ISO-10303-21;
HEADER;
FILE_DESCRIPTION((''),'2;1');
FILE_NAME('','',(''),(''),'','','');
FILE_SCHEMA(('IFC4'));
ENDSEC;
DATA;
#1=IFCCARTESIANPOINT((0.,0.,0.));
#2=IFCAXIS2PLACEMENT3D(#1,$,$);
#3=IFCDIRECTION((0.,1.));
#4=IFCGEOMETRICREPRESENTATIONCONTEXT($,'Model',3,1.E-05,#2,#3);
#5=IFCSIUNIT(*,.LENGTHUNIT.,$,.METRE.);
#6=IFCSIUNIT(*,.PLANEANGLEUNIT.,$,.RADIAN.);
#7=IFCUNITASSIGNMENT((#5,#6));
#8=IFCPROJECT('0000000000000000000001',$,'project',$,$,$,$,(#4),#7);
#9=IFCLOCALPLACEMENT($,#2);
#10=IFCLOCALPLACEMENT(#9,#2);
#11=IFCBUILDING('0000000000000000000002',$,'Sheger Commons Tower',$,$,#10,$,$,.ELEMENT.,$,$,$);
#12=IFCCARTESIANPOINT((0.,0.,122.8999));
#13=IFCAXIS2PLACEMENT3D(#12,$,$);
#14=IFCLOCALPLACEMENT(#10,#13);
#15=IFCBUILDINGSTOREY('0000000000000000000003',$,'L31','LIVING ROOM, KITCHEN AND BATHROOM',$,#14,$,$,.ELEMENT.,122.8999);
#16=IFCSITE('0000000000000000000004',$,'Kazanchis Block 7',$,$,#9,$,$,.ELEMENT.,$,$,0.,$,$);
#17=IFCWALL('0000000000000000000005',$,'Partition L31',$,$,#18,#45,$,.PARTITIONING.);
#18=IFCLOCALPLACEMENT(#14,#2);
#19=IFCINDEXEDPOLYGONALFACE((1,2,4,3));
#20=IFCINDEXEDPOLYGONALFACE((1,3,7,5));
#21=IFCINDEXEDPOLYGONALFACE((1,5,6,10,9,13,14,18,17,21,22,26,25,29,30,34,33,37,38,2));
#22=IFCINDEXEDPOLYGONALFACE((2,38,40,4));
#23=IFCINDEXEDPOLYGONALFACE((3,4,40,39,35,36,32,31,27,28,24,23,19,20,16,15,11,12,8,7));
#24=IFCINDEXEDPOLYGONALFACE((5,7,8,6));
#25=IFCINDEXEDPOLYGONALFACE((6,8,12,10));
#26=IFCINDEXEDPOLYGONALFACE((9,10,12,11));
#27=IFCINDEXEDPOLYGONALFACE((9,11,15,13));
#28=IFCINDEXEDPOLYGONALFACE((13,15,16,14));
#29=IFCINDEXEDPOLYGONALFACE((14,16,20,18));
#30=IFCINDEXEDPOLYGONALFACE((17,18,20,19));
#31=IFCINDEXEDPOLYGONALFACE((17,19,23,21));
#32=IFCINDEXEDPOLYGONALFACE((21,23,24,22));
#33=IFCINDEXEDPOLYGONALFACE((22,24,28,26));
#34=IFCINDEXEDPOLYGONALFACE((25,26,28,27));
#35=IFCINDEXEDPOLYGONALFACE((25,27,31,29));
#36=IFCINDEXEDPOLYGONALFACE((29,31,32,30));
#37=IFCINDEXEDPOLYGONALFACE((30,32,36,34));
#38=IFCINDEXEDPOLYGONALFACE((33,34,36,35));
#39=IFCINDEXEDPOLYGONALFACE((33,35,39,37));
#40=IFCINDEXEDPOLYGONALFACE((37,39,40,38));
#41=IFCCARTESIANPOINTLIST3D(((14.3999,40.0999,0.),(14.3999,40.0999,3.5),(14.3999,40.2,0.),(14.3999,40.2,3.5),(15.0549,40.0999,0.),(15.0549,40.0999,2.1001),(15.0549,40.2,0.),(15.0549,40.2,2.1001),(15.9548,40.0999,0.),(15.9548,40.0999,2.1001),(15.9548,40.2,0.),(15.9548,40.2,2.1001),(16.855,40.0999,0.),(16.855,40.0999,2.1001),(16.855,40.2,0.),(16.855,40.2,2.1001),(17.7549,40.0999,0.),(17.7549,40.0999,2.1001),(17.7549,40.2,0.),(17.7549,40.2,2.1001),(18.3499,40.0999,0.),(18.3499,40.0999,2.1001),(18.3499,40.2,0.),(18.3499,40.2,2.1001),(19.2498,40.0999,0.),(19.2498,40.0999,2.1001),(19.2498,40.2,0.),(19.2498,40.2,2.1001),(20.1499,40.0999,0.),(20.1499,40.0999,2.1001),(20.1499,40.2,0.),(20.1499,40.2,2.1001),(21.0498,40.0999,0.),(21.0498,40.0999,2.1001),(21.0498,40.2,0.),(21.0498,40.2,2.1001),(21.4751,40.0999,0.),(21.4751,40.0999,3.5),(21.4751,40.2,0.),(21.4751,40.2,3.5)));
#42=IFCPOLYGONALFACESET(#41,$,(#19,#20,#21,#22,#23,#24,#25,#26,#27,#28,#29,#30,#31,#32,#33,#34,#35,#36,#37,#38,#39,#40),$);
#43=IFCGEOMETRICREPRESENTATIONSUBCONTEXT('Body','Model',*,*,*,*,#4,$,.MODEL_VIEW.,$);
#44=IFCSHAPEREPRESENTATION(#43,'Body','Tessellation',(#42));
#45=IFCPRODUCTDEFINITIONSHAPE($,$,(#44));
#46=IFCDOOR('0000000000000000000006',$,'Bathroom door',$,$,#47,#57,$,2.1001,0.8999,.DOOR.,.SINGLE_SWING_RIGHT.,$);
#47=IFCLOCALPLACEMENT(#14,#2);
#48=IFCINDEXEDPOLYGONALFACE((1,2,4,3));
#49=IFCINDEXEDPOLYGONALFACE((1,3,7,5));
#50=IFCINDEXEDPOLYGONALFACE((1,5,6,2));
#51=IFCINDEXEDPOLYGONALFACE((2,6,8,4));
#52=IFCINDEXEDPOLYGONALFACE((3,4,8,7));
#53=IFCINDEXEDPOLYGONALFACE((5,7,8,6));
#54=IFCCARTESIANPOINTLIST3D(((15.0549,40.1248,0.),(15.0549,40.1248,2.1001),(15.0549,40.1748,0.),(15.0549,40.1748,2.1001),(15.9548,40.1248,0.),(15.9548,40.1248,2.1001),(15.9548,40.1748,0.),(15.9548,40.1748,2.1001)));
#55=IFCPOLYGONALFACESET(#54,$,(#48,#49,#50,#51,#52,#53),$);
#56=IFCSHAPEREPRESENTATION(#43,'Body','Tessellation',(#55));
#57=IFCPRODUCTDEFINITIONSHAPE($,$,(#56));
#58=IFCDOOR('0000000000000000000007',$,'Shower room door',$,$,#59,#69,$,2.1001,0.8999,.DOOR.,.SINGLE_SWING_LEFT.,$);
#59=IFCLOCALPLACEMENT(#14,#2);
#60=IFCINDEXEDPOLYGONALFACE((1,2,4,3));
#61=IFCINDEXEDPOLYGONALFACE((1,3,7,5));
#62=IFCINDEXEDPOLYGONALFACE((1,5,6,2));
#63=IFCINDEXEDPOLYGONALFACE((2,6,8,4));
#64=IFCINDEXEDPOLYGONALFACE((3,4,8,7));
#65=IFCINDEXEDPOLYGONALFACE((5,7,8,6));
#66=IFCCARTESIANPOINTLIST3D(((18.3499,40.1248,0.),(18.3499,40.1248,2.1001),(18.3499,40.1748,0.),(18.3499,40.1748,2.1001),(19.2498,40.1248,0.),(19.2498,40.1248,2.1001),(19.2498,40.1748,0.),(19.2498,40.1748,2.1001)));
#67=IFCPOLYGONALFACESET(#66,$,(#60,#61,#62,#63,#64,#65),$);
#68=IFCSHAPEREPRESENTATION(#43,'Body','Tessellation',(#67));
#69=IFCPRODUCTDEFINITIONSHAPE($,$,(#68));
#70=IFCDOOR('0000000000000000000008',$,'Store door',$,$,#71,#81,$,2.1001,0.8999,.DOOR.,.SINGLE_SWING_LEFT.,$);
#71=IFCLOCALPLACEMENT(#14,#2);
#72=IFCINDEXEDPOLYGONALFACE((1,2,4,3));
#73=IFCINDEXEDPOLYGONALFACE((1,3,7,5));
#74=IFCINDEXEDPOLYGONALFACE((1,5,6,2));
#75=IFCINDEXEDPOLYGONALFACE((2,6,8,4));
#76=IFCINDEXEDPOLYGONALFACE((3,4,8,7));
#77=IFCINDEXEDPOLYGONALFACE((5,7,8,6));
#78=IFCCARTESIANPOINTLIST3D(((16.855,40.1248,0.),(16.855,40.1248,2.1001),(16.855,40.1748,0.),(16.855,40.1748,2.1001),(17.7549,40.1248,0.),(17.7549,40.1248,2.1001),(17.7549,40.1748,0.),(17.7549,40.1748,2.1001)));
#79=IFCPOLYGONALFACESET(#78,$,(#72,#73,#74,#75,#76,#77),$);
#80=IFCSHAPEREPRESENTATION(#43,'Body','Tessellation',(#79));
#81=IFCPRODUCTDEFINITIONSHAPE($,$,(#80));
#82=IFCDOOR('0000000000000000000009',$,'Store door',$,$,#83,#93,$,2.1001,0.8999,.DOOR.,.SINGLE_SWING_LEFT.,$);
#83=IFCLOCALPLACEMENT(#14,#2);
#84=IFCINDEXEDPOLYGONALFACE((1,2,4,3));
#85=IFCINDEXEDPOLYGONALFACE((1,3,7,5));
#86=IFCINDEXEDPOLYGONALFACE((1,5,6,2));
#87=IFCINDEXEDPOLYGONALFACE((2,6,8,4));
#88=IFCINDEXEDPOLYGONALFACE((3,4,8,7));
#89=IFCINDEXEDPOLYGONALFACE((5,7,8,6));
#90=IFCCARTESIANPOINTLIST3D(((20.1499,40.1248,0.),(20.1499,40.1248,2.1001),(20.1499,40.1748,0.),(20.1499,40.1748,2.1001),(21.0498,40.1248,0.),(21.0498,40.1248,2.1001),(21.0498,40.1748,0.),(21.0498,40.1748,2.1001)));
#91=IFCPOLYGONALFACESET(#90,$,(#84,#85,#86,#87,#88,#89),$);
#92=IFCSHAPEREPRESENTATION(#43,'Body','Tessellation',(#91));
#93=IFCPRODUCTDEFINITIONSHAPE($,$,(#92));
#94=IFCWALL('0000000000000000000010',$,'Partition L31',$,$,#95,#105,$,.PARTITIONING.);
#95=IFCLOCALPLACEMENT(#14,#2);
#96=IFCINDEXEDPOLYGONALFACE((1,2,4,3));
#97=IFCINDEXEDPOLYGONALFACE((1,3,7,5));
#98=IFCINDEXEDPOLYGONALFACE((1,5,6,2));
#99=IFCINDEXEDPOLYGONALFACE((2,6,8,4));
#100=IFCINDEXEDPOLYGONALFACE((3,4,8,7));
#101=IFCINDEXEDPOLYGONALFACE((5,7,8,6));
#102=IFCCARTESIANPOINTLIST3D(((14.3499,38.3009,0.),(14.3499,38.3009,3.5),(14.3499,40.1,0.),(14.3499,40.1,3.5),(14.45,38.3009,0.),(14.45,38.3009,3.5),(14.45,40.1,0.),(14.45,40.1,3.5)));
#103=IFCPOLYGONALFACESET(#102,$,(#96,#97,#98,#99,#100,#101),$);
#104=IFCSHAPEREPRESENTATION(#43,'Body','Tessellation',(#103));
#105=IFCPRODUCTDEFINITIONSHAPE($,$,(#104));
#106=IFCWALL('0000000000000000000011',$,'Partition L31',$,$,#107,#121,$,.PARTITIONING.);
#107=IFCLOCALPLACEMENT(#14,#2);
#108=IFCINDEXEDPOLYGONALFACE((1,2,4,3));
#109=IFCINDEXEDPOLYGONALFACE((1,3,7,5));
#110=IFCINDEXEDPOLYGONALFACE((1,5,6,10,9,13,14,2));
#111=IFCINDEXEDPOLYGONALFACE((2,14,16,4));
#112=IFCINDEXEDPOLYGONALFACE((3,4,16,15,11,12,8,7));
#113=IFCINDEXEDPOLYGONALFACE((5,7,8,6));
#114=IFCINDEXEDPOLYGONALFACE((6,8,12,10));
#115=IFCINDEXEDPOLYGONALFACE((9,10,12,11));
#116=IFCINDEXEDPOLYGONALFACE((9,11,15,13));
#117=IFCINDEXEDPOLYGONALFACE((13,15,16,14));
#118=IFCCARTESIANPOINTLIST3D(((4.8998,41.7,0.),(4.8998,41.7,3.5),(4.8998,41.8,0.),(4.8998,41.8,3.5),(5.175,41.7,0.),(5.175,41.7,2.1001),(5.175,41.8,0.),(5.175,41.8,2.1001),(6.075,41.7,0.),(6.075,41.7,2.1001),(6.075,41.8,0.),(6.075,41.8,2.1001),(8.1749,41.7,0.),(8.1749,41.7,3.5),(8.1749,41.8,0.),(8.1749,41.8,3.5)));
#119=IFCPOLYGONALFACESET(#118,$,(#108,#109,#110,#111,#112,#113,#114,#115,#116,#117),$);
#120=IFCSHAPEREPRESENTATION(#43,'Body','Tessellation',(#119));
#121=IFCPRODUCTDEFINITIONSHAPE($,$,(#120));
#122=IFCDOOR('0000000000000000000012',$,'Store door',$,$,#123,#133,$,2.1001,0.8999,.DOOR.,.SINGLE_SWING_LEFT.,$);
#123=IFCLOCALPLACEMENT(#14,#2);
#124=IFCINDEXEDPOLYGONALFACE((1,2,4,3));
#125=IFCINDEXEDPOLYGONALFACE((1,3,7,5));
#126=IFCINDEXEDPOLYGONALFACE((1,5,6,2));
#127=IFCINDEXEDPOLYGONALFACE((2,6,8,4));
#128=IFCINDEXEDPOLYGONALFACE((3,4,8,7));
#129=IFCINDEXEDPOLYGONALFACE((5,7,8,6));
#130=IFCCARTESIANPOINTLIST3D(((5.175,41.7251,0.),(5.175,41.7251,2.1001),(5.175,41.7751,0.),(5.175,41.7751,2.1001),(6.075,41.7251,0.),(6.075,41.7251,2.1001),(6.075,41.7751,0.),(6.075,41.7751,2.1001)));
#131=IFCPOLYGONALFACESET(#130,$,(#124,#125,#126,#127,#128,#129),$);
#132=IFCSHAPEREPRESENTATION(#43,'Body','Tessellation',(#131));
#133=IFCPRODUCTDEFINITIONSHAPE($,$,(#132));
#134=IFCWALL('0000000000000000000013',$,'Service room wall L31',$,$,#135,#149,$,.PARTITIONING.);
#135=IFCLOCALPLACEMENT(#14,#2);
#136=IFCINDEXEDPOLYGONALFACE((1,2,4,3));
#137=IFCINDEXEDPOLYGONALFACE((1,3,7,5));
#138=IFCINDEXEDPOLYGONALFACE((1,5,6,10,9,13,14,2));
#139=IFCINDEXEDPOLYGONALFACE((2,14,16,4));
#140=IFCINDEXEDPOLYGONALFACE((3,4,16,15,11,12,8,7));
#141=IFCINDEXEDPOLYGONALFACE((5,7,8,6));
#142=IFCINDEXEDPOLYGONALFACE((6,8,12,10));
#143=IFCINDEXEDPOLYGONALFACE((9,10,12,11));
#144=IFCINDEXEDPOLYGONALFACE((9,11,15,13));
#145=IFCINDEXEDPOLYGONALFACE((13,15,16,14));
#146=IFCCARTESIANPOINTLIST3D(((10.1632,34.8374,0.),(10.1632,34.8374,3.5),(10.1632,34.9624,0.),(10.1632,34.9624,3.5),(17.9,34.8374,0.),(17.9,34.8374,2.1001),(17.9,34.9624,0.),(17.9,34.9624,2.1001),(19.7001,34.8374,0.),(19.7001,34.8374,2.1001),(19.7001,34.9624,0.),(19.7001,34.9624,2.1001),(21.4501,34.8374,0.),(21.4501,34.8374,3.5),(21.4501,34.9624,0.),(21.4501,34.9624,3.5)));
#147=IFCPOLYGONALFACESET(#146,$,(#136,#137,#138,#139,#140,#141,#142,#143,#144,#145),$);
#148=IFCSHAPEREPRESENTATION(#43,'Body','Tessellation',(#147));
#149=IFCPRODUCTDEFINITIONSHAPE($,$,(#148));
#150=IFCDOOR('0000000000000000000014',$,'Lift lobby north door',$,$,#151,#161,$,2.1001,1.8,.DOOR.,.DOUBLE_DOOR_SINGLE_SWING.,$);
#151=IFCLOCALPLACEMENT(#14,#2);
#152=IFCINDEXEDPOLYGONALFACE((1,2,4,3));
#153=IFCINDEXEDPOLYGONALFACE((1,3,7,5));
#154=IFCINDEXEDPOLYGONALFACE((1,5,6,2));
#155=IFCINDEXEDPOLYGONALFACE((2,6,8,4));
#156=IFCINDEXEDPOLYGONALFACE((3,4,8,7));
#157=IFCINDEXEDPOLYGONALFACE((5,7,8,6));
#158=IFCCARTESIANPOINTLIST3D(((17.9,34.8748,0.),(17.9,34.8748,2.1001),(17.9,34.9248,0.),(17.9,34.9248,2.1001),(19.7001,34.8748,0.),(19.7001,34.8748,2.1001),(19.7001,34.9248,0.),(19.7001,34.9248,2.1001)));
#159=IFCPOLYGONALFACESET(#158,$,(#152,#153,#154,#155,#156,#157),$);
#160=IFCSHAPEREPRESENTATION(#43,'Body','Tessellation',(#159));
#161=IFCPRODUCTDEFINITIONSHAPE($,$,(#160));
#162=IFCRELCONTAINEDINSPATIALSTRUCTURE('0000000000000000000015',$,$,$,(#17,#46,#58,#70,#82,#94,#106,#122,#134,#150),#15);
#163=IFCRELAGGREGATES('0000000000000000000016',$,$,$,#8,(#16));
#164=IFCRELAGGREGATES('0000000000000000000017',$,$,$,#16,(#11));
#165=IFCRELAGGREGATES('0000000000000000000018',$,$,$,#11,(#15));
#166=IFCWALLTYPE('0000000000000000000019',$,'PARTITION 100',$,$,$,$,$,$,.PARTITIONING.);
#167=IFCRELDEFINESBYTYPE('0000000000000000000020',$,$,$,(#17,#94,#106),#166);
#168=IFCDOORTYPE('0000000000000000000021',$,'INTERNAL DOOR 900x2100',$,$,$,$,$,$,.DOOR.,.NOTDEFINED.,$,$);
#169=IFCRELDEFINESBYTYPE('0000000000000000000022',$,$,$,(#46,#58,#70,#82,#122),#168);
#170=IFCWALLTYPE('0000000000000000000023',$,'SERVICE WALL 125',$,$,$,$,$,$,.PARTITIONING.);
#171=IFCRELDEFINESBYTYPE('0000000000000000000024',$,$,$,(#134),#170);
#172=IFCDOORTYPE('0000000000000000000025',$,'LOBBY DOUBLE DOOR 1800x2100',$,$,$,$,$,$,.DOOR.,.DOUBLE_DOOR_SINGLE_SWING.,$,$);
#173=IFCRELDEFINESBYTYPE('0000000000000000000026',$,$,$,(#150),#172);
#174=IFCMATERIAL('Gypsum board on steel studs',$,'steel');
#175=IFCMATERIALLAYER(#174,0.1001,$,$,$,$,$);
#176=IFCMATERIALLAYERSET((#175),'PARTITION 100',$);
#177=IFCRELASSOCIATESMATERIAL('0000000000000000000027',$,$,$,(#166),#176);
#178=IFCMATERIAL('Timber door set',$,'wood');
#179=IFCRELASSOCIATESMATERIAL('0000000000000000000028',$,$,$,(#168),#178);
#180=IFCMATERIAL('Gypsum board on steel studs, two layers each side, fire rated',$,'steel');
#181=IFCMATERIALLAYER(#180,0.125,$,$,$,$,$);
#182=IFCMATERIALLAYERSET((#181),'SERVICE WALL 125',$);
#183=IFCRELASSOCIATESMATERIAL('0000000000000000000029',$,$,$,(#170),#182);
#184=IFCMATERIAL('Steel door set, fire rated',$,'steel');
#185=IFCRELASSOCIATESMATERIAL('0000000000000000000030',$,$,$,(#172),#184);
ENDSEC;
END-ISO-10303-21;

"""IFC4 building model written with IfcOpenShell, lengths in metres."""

from ifc_helpers import new_model, si_unit, direction, frame, frame_2d, origin, place, context, subcontext, project, spatial, rectangle, extrude, material, layer, layer_set, type_object, element, fill, save


model = new_model("IFC4")

# Units and contexts
model_context = context("Model", 3, precision=1e-05, world=origin(), true_north=direction((0.0, 1.0)))
body_context = subcontext(model_context, "Body", "Model", "MODEL_VIEW")
ifc_project = project(units=[si_unit("LENGTHUNIT", "METRE"), si_unit("PLANEANGLEUNIT", "RADIAN")], contexts=[model_context])

# Site, building, storey
site_placement = place(None, origin())
site = spatial("IfcSite", under=ifc_project, at=site_placement, Name="Kazanchis Block 7", CompositionType="ELEMENT", RefElevation=0.0)
building_placement = place(site_placement, origin())
building = spatial("IfcBuilding", under=site, at=building_placement, Name="Sheger Commons Tower", CompositionType="ELEMENT")
storey_placement = place(building_placement, frame((0.0, 0.0, 122.8999)))
storey = spatial("IfcBuildingStorey", under=building, at=storey_placement, Name="L31", Description="LIVING ROOM, KITCHEN AND BATHROOM", CompositionType="ELEMENT", Elevation=122.8999)

# Shared definitions
ifc_material_1 = material(Name="Gypsum board on steel studs", Category="steel")
ifc_layer_1 = layer(ifc_material_1, 0.1001)
ifc_layer_set_1 = layer_set([ifc_layer_1], Name="PARTITION 100")
wall_type_1 = type_object("IfcWallType", Name="PARTITION 100", PredefinedType="PARTITIONING", material=ifc_layer_set_1)

# Wall, openings, doors
wall_1_placement = place(storey_placement, frame((14.3999, 40.1499, 0.0), z_axis=(0.0, 0.0, 1.0), x_axis=(1.0, 0.0, 0.0)))
wall_1 = element("IfcWall", 1, at=wall_1_placement, inside=storey, type_object=wall_type_1, Name="Partition L31", PredefinedType="PARTITIONING", context=body_context, shape_type="SweptSolid", body=[
    extrude(rectangle(XDim=7.0752, YDim=0.1001, at=frame_2d((3.5376, 0.0))), origin(), (0.0, 0.0, 1.0), 3.5),
])
opening_1_placement = place(wall_1_placement, frame((0.655, 0.0, 0.0)))
opening_1 = element("IfcOpeningElement", 2, at=opening_1_placement, cuts=wall_1, PredefinedType="OPENING", context=body_context, shape_type="SweptSolid", body=[
    extrude(rectangle(XDim=0.8999, YDim=2.1001, at=frame_2d((0.45, 1.05))), frame((0.0, 0.0601, 0.0), z_axis=(0.0, -1.0, 0.0), x_axis=(1.0, 0.0, 0.0)), (0.0, 0.0, 1.0), 0.1201),
])
opening_2_placement = place(wall_1_placement, frame((3.95, 0.0, 0.0)))
opening_2 = element("IfcOpeningElement", 3, at=opening_2_placement, cuts=wall_1, PredefinedType="OPENING", context=body_context, shape_type="SweptSolid", body=[
    extrude(rectangle(XDim=0.8999, YDim=2.1001, at=frame_2d((0.45, 1.05))), frame((0.0, 0.0601, 0.0), z_axis=(0.0, -1.0, 0.0), x_axis=(1.0, 0.0, 0.0)), (0.0, 0.0, 1.0), 0.1201),
])
opening_3_placement = place(wall_1_placement, frame((2.4551, 0.0, 0.0)))
opening_3 = element("IfcOpeningElement", 4, at=opening_3_placement, cuts=wall_1, PredefinedType="OPENING", context=body_context, shape_type="SweptSolid", body=[
    extrude(rectangle(XDim=0.8999, YDim=2.1001, at=frame_2d((0.45, 1.05))), frame((0.0, 0.0601, 0.0), z_axis=(0.0, -1.0, 0.0), x_axis=(1.0, 0.0, 0.0)), (0.0, 0.0, 1.0), 0.1201),
])
opening_4_placement = place(wall_1_placement, frame((5.75, 0.0, 0.0)))
opening_4 = element("IfcOpeningElement", 5, at=opening_4_placement, cuts=wall_1, PredefinedType="OPENING", context=body_context, shape_type="SweptSolid", body=[
    extrude(rectangle(XDim=0.8999, YDim=2.1001, at=frame_2d((0.45, 1.05))), frame((0.0, 0.0601, 0.0), z_axis=(0.0, -1.0, 0.0), x_axis=(1.0, 0.0, 0.0)), (0.0, 0.0, 1.0), 0.1201),
])
ifc_material_2 = material(Name="Timber door set", Category="wood")
door_type_1 = type_object("IfcDoorType", Name="INTERNAL DOOR 900x2100", OperationType="NOTDEFINED", PredefinedType="DOOR", material=ifc_material_2)
door_1_placement = place(opening_1_placement, origin())
door_1 = element("IfcDoor", 6, at=door_1_placement, inside=storey, type_object=door_type_1, Name="Bathroom door", OperationType="SINGLE_SWING_RIGHT", OverallHeight=2.1001, OverallWidth=0.8999, PredefinedType="DOOR", context=body_context, shape_type="SweptSolid", body=[
    extrude(rectangle(XDim=0.8999, YDim=2.1001, at=frame_2d((0.45, 1.05))), frame((0.0, 0.0249, 0.0), z_axis=(0.0, -1.0, 0.0), x_axis=(1.0, 0.0, 0.0)), (0.0, 0.0, 1.0), 0.05),
])
fill(opening_1, door_1)
door_2_placement = place(opening_2_placement, origin())
door_2 = element("IfcDoor", 7, at=door_2_placement, inside=storey, type_object=door_type_1, Name="Shower room door", OperationType="SINGLE_SWING_LEFT", OverallHeight=2.1001, OverallWidth=0.8999, PredefinedType="DOOR", context=body_context, shape_type="SweptSolid", body=[
    extrude(rectangle(XDim=0.8999, YDim=2.1001, at=frame_2d((0.45, 1.05))), frame((0.0, 0.0249, 0.0), z_axis=(0.0, -1.0, 0.0), x_axis=(1.0, 0.0, 0.0)), (0.0, 0.0, 1.0), 0.05),
])
fill(opening_2, door_2)
door_3_placement = place(opening_3_placement, origin())
door_3 = element("IfcDoor", 8, at=door_3_placement, inside=storey, type_object=door_type_1, Name="Store door", OperationType="SINGLE_SWING_LEFT", OverallHeight=2.1001, OverallWidth=0.8999, PredefinedType="DOOR", context=body_context, shape_type="SweptSolid", body=[
    extrude(rectangle(XDim=0.8999, YDim=2.1001, at=frame_2d((0.45, 1.05))), frame((0.0, 0.0249, 0.0), z_axis=(0.0, -1.0, 0.0), x_axis=(1.0, 0.0, 0.0)), (0.0, 0.0, 1.0), 0.05),
])
fill(opening_3, door_3)
door_4_placement = place(opening_4_placement, origin())
door_4 = element("IfcDoor", 9, at=door_4_placement, inside=storey, type_object=door_type_1, Name="Store door", OperationType="SINGLE_SWING_LEFT", OverallHeight=2.1001, OverallWidth=0.8999, PredefinedType="DOOR", context=body_context, shape_type="SweptSolid", body=[
    extrude(rectangle(XDim=0.8999, YDim=2.1001, at=frame_2d((0.45, 1.05))), frame((0.0, 0.0249, 0.0), z_axis=(0.0, -1.0, 0.0), x_axis=(1.0, 0.0, 0.0)), (0.0, 0.0, 1.0), 0.05),
])
fill(opening_4, door_4)

# Wall
wall_2_placement = place(storey_placement, frame((14.3999, 38.301, 0.0), z_axis=(0.0, 0.0, 1.0), x_axis=(0.0, 1.0, 0.0)))
element("IfcWall", 10, at=wall_2_placement, inside=storey, type_object=wall_type_1, Name="Partition L31", PredefinedType="PARTITIONING", context=body_context, shape_type="SweptSolid", body=[
    extrude(rectangle(XDim=1.7991, YDim=0.1001, at=frame_2d((0.8994, 0.0))), origin(), (0.0, 0.0, 1.0), 3.5),
])

# Walls, openings, doors
wall_3_placement = place(storey_placement, frame((8.175, 41.75, 0.0), z_axis=(0.0, 0.0, 1.0), x_axis=(-1.0, 0.0, 0.0)))
wall_3 = element("IfcWall", 11, at=wall_3_placement, inside=storey, type_object=wall_type_1, Name="Partition L31", PredefinedType="PARTITIONING", context=body_context, shape_type="SweptSolid", body=[
    extrude(rectangle(XDim=3.2751, YDim=0.1001, at=frame_2d((1.6377, 0.0))), origin(), (0.0, 0.0, 1.0), 3.5),
])
opening_5_placement = place(wall_3_placement, frame((2.1001, 0.0, 0.0)))
opening_5 = element("IfcOpeningElement", 12, at=opening_5_placement, cuts=wall_3, PredefinedType="OPENING", context=body_context, shape_type="SweptSolid", body=[
    extrude(rectangle(XDim=0.8999, YDim=2.1001, at=frame_2d((0.45, 1.05))), frame((0.0, 0.0601, 0.0), z_axis=(0.0, -1.0, 0.0), x_axis=(1.0, 0.0, 0.0)), (0.0, 0.0, 1.0), 0.1201),
])
door_5_placement = place(opening_5_placement, origin())
door_5 = element("IfcDoor", 13, at=door_5_placement, inside=storey, type_object=door_type_1, Name="Store door", OperationType="SINGLE_SWING_LEFT", OverallHeight=2.1001, OverallWidth=0.8999, PredefinedType="DOOR", context=body_context, shape_type="SweptSolid", body=[
    extrude(rectangle(XDim=0.8999, YDim=2.1001, at=frame_2d((0.45, 1.05))), frame((0.0, 0.0249, 0.0), z_axis=(0.0, -1.0, 0.0), x_axis=(1.0, 0.0, 0.0)), (0.0, 0.0, 1.0), 0.05),
])
fill(opening_5, door_5)
ifc_material_3 = material(Name="Gypsum board on steel studs, two layers each side, fire rated", Category="steel")
ifc_layer_2 = layer(ifc_material_3, 0.125)
ifc_layer_set_2 = layer_set([ifc_layer_2], Name="SERVICE WALL 125")
wall_type_2 = type_object("IfcWallType", Name="SERVICE WALL 125", PredefinedType="PARTITIONING", material=ifc_layer_set_2)
wall_4_placement = place(storey_placement, frame((10.1631, 34.8999, 0.0), z_axis=(0.0, 0.0, 1.0), x_axis=(1.0, 0.0, 0.0)))
wall_4 = element("IfcWall", 14, at=wall_4_placement, inside=storey, type_object=wall_type_2, Name="Service room wall L31", PredefinedType="PARTITIONING", context=body_context, shape_type="SweptSolid", body=[
    extrude(rectangle(XDim=11.2869, YDim=0.125, at=frame_2d((5.6436, 0.0))), origin(), (0.0, 0.0, 1.0), 3.5),
])
opening_6_placement = place(wall_4_placement, frame((7.7371, 0.0, 0.0)))
opening_6 = element("IfcOpeningElement", 15, at=opening_6_placement, cuts=wall_4, PredefinedType="OPENING", context=body_context, shape_type="SweptSolid", body=[
    extrude(rectangle(XDim=1.8, YDim=2.1001, at=frame_2d((0.8999, 1.05))), frame((0.0, 0.0725, 0.0), z_axis=(0.0, -1.0, 0.0), x_axis=(1.0, 0.0, 0.0)), (0.0, 0.0, 1.0), 0.145),
])
ifc_material_4 = material(Name="Steel door set, fire rated", Category="steel")
door_type_2 = type_object("IfcDoorType", Name="LOBBY DOUBLE DOOR 1800x2100", OperationType="DOUBLE_DOOR_SINGLE_SWING", PredefinedType="DOOR", material=ifc_material_4)
door_6_placement = place(opening_6_placement, origin())
door_6 = element("IfcDoor", 16, at=door_6_placement, inside=storey, type_object=door_type_2, Name="Lift lobby north door", OperationType="DOUBLE_DOOR_SINGLE_SWING", OverallHeight=2.1001, OverallWidth=1.8, PredefinedType="DOOR", context=body_context, shape_type="SweptSolid", body=[
    extrude(rectangle(XDim=1.8, YDim=2.1001, at=frame_2d((0.8999, 1.05))), frame((0.0, 0.0249, 0.0), z_axis=(0.0, -1.0, 0.0), x_axis=(1.0, 0.0, 0.0)), (0.0, 0.0, 1.0), 0.05),
])
fill(opening_6, door_6)

save(model, "model.ifc")
